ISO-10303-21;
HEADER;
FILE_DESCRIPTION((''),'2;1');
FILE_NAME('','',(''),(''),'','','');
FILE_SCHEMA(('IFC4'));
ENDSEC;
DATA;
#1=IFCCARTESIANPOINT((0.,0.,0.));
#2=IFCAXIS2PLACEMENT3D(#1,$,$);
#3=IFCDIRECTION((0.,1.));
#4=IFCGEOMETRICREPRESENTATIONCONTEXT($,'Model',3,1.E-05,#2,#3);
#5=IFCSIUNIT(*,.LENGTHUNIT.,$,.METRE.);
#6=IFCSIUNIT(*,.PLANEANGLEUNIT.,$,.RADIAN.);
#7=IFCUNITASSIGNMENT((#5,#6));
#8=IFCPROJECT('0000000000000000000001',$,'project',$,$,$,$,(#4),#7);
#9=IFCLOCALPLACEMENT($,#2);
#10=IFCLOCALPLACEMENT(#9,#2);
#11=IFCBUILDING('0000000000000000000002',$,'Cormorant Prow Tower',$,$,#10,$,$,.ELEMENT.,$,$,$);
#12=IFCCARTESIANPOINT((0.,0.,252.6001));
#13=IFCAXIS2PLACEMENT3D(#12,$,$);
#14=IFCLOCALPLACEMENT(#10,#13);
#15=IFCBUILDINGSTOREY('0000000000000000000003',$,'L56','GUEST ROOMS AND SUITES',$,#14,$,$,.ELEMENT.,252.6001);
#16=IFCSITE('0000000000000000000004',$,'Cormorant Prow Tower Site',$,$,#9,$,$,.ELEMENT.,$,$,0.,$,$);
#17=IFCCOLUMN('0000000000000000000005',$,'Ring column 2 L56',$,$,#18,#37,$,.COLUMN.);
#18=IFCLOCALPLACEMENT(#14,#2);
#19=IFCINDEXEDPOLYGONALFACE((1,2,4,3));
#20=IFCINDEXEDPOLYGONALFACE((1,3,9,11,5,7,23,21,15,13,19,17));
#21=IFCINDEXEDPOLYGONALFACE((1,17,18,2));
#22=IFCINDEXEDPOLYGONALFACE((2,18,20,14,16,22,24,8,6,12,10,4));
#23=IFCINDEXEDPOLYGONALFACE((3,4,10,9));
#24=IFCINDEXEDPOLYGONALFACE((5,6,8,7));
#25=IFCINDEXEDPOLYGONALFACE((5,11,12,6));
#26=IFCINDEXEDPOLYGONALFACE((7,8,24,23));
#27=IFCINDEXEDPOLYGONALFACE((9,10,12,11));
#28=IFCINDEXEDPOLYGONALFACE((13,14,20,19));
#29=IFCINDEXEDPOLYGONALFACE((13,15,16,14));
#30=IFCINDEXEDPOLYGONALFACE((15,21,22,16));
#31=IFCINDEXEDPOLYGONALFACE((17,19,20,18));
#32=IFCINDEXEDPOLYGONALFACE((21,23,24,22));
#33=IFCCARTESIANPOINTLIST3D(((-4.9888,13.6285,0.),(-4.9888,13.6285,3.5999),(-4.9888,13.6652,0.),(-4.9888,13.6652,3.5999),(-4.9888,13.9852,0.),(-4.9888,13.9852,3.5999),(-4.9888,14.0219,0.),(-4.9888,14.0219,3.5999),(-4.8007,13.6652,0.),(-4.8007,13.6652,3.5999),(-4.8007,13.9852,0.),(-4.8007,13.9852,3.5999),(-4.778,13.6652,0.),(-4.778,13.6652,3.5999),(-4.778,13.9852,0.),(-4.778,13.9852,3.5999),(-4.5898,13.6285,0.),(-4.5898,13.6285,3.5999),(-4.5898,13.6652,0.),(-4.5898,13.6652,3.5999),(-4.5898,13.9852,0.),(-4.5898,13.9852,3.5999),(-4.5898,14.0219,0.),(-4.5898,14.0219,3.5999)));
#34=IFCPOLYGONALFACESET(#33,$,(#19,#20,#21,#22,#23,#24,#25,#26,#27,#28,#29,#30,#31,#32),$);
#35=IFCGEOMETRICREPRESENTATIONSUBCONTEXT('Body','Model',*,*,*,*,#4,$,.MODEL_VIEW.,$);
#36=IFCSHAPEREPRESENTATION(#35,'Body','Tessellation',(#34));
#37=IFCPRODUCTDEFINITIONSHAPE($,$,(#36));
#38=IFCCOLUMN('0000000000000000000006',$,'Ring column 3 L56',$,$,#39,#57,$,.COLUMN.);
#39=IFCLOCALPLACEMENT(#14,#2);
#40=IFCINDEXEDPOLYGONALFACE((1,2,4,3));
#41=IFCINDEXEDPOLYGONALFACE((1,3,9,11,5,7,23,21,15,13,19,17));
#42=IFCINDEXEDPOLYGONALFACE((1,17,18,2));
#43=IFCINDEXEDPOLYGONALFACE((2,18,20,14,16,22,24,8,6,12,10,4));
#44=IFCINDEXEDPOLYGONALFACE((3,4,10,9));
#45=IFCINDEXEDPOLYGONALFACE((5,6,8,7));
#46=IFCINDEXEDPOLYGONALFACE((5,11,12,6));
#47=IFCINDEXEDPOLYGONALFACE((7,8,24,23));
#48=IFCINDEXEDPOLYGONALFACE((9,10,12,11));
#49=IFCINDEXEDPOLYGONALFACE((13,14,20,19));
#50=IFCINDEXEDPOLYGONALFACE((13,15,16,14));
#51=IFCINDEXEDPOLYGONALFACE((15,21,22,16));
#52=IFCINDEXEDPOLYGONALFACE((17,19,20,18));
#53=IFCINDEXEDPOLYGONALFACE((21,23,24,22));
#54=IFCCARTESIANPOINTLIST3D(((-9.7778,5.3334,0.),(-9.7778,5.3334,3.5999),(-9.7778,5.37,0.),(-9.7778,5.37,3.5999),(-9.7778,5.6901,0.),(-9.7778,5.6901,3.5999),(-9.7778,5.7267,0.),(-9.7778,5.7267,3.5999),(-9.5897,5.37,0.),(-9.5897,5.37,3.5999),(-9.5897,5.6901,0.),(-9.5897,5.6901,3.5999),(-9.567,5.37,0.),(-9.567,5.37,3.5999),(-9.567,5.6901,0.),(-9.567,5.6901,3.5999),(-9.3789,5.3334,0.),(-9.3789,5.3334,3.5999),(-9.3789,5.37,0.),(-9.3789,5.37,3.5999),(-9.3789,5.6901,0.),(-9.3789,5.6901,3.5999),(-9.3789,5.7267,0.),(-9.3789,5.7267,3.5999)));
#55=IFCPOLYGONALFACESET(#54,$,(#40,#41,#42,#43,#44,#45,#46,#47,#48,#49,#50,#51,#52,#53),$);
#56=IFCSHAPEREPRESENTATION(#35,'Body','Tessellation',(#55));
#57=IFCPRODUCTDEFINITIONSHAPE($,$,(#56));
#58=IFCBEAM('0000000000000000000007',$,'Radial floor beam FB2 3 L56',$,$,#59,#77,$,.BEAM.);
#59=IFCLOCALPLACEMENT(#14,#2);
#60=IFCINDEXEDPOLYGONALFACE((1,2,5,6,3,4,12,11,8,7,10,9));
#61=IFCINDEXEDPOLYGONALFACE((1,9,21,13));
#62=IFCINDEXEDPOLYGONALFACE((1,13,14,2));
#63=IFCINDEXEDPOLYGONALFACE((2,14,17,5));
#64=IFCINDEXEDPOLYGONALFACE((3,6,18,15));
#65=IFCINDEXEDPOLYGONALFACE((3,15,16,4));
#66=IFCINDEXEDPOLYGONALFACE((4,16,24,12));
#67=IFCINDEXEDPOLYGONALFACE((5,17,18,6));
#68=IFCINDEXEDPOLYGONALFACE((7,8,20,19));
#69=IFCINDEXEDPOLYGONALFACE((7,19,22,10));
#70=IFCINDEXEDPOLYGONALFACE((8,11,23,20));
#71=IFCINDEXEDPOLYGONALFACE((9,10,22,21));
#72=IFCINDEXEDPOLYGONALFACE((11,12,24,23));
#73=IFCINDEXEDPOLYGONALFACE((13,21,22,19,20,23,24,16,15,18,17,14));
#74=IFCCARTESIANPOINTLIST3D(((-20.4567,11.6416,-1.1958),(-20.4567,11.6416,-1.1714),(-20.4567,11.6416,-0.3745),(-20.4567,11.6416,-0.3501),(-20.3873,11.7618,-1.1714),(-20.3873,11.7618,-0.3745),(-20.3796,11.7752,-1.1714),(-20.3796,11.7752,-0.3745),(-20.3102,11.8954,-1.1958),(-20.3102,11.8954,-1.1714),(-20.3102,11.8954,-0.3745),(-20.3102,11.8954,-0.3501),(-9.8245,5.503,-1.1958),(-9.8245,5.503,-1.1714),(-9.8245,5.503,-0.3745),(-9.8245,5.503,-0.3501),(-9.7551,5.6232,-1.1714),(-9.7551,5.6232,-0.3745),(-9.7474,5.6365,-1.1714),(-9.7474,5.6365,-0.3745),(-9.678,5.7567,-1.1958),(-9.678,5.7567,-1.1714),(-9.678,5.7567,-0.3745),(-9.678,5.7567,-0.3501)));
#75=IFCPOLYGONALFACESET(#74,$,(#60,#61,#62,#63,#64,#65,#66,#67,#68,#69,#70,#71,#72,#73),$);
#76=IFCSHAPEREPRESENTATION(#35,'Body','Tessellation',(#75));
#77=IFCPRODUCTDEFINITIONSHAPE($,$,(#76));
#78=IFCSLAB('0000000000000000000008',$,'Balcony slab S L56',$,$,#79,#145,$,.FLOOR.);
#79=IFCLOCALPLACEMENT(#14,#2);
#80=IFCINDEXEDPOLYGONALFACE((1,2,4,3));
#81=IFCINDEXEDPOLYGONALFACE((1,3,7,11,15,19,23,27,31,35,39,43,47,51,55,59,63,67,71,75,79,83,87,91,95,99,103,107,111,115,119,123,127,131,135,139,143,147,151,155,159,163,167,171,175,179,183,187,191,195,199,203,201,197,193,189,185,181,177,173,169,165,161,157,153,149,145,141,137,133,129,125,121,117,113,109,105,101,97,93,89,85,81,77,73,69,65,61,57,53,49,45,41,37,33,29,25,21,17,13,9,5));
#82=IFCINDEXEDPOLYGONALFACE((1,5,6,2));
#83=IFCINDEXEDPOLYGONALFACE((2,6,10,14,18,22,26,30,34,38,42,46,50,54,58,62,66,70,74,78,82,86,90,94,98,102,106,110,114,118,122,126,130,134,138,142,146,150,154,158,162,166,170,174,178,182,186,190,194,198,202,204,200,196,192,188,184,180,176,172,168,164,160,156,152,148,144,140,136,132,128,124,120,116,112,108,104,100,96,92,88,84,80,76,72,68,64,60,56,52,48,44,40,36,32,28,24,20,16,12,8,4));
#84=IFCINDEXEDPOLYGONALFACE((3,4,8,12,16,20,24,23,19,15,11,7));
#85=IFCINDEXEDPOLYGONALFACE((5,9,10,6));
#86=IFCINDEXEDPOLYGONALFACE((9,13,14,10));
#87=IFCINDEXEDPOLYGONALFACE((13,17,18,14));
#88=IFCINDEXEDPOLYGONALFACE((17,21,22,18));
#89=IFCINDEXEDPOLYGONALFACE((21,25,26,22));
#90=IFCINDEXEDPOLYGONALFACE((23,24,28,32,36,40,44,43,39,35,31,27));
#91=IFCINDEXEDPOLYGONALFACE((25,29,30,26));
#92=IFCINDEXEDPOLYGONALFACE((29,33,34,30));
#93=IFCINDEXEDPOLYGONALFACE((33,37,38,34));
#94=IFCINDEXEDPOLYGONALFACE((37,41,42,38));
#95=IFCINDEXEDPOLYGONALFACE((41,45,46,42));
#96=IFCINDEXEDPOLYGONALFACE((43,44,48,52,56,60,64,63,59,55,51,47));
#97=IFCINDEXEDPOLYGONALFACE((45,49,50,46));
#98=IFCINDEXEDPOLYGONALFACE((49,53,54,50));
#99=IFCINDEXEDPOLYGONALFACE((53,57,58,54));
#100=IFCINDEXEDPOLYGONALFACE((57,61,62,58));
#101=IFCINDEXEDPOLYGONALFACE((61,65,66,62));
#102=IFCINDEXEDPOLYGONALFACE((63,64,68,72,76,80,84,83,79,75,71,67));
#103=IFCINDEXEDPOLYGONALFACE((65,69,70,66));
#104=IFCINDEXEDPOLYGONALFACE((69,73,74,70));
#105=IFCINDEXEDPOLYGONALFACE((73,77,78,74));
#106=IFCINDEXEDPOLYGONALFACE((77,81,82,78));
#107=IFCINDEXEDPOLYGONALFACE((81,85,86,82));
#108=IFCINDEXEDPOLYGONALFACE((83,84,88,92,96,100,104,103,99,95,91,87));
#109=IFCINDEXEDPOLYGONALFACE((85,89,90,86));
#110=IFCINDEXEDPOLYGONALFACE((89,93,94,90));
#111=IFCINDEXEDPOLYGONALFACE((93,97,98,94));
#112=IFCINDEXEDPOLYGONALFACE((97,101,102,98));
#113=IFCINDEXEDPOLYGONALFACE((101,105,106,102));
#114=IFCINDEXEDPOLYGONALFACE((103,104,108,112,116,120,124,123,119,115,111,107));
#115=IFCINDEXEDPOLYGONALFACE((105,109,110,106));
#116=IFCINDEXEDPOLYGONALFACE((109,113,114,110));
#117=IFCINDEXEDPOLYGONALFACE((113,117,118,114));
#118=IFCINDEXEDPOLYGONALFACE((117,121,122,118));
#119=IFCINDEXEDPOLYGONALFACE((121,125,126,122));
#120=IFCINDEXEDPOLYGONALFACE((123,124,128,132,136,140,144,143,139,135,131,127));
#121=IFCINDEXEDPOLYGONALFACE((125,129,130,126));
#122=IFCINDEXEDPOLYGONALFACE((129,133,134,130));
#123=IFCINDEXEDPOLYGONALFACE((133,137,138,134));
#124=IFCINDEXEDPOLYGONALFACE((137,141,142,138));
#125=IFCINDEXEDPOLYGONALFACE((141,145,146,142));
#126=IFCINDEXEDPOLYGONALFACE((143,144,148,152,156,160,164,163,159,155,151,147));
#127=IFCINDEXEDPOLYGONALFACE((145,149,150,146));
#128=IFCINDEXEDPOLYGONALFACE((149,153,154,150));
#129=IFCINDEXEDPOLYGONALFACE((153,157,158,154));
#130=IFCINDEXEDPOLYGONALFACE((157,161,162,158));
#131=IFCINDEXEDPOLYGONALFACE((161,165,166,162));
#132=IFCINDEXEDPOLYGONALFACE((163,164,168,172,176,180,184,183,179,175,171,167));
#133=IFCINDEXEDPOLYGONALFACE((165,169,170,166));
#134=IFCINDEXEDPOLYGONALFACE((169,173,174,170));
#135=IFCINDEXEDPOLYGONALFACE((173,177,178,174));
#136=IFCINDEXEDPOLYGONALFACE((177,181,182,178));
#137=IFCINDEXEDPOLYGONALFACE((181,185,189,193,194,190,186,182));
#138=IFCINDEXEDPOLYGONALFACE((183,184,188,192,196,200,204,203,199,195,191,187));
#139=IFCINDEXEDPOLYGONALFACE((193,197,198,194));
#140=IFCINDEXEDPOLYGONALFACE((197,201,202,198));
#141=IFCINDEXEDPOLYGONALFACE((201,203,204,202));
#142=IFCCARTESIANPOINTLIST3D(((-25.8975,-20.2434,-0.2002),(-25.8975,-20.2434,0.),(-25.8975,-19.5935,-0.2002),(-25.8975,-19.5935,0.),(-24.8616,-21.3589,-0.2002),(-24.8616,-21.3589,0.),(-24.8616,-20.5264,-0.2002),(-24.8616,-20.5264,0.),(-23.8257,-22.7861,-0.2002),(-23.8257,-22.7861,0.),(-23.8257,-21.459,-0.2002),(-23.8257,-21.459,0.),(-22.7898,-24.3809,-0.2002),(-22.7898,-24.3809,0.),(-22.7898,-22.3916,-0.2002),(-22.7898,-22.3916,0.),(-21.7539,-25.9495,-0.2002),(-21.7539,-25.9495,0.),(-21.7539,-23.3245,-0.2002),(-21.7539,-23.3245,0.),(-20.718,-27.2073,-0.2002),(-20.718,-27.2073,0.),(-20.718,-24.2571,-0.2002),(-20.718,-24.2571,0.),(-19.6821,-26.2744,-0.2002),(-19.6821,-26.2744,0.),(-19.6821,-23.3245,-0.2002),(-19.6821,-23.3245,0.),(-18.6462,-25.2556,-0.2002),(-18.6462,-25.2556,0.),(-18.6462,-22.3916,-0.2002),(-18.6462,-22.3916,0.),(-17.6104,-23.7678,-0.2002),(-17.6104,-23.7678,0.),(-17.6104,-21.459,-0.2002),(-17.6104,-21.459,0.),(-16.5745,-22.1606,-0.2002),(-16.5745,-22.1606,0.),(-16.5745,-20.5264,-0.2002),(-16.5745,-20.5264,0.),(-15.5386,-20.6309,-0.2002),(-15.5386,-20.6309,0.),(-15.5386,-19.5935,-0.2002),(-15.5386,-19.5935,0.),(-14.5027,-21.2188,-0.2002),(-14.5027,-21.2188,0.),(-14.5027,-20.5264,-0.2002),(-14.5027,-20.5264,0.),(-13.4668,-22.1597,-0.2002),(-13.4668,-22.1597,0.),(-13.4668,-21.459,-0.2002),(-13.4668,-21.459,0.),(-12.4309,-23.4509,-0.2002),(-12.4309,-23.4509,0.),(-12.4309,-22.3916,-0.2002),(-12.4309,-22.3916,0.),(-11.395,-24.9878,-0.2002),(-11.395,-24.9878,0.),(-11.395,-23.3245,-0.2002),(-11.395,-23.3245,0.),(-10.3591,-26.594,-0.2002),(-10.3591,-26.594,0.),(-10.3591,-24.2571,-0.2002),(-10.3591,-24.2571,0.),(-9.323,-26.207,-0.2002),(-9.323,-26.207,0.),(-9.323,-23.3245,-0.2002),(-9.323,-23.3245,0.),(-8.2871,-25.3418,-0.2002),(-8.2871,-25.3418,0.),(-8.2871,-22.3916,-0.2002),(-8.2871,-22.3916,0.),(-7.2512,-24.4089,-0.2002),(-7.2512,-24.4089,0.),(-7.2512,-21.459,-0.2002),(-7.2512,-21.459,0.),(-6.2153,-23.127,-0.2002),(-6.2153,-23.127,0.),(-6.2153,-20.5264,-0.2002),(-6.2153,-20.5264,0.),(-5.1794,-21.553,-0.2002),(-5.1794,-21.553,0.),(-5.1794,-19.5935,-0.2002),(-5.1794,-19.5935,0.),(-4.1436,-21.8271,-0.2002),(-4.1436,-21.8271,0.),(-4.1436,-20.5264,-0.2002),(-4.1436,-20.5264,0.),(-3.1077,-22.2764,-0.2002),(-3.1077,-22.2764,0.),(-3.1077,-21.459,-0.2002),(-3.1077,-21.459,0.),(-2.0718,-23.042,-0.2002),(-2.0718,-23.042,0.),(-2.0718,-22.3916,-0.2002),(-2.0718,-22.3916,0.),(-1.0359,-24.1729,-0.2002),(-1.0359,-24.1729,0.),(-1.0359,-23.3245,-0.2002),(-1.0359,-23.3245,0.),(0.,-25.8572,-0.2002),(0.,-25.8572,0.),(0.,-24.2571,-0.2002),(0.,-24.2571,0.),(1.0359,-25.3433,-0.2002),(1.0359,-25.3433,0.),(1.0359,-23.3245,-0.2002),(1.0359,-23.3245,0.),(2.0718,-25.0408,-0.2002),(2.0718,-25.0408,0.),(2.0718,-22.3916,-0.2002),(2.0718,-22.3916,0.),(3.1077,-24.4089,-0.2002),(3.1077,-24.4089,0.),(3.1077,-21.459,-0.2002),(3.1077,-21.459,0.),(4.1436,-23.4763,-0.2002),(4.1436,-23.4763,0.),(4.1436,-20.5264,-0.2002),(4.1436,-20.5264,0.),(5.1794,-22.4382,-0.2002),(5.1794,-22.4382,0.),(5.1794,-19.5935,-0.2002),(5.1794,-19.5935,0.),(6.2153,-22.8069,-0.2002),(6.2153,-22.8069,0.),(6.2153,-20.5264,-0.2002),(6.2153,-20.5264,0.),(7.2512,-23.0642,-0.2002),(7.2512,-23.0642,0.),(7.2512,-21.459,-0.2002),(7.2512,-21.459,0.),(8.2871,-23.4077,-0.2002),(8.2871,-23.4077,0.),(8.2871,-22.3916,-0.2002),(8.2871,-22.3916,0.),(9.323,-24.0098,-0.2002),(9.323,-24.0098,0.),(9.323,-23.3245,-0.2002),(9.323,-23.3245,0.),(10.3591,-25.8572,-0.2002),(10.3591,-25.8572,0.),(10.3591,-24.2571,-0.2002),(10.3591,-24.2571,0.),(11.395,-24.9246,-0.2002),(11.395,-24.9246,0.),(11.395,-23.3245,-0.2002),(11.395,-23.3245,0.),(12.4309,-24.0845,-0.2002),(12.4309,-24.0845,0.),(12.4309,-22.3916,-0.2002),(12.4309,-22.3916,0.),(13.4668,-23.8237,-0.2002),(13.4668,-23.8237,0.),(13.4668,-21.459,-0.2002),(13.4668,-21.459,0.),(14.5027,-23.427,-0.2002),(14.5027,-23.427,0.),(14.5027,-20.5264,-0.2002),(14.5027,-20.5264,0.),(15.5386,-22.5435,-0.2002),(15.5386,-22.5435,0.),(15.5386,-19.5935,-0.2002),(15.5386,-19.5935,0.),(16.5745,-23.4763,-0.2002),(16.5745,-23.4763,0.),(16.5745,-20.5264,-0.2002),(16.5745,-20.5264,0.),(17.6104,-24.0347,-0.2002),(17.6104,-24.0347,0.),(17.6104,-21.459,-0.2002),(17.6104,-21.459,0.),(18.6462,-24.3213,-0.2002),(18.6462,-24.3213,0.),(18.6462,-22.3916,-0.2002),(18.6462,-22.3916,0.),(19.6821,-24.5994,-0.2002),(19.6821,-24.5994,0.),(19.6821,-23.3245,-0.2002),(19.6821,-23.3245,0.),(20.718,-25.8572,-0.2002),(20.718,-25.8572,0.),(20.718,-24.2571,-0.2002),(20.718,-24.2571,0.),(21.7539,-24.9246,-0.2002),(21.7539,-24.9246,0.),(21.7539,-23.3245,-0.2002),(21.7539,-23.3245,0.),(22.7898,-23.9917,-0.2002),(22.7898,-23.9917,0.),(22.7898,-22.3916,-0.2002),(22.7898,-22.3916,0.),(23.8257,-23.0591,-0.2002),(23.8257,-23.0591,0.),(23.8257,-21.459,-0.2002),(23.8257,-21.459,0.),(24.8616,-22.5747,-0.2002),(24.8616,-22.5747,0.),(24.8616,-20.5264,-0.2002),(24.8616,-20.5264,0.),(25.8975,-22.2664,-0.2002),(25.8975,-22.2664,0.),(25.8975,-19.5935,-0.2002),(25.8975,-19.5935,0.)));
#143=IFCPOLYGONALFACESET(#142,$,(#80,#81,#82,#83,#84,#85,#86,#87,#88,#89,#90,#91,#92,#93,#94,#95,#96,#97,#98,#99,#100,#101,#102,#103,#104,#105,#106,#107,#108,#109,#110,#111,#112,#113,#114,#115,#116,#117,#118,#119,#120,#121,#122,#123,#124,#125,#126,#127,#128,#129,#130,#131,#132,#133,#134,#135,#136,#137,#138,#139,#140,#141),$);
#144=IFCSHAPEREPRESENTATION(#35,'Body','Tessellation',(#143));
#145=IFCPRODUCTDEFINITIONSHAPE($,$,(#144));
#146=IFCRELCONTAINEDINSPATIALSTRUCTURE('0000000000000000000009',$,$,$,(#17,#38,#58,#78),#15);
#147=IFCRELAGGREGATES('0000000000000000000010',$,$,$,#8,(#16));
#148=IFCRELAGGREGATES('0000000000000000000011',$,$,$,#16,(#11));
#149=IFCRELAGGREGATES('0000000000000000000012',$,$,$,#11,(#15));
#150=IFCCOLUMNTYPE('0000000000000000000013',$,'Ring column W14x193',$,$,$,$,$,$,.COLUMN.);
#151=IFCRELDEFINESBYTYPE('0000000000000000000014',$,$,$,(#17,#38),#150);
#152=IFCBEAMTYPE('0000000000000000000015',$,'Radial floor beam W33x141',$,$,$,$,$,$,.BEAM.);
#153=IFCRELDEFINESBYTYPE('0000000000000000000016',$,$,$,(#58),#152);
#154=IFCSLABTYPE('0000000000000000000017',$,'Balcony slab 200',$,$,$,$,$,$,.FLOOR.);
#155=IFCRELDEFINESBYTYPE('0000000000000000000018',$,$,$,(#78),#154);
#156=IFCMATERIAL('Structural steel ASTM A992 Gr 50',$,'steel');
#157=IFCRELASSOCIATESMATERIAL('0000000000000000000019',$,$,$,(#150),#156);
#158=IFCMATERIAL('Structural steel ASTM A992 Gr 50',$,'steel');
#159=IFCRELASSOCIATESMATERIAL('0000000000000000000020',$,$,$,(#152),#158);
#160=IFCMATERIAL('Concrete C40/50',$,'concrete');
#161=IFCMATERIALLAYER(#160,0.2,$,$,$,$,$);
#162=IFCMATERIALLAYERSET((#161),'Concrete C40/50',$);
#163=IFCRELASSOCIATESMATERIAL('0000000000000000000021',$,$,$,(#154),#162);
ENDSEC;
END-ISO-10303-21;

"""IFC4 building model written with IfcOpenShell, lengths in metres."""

from ifc_helpers import new_model, si_unit, direction, frame, origin, origin_2d, place, context, subcontext, project, spatial, polyline, i_section, outline, extrude, material, layer, layer_set, material_profile, profile_set, type_object, element, save


model = new_model("IFC4")

# Units and contexts
model_context = context("Model", 3, precision=1e-05, world=origin(), true_north=direction((0.0, 1.0)))
body_context = subcontext(model_context, "Body", "Model", "MODEL_VIEW")
ifc_project = project(units=[si_unit("LENGTHUNIT", "METRE"), si_unit("PLANEANGLEUNIT", "RADIAN")], contexts=[model_context])

# Site, building, storey
site_placement = place(None, origin())
site = spatial("IfcSite", under=ifc_project, at=site_placement, Name="Cormorant Prow Tower Site", CompositionType="ELEMENT", RefElevation=0.0)
building_placement = place(site_placement, origin())
building = spatial("IfcBuilding", under=site, at=building_placement, Name="Cormorant Prow Tower", CompositionType="ELEMENT")
storey_placement = place(building_placement, frame((0.0, 0.0, 252.6001)))
storey = spatial("IfcBuildingStorey", under=building, at=storey_placement, Name="L56", Description="GUEST ROOMS AND SUITES", CompositionType="ELEMENT", Elevation=252.6001)

# Columns
ifc_material_1 = material(Name="Structural steel ASTM A992 Gr 50", Category="steel")
ifc_material_profile_1 = material_profile(ifc_material_1, i_section(OverallWidth=0.3989, OverallDepth=0.3933, WebThickness=0.0227, FlangeThickness=0.0366, at=origin_2d()), Name="W14x193")
ifc_profile_set_1 = profile_set([ifc_material_profile_1], Name="Structural steel ASTM A992 Gr 50")
column_type = type_object("IfcColumnType", Name="Ring column W14x193", PredefinedType="COLUMN", material=ifc_profile_set_1)
for number, where, z_axis, x_axis, name in (
    (1, (-4.7893, 13.8252, 0.0), (0.0, 0.0, 1.0), (1.0, 0.0, 0.0), "Ring column 2 L56"),
    (2, (-9.5784, 5.53, 0.0), (0.0, 0.0, 1.0), (1.0, 0.0, 0.0), "Ring column 3 L56"),
):
    element("IfcColumn", number, at=place(storey_placement, frame(where, z_axis=z_axis, x_axis=x_axis)), inside=storey, type_object=column_type, Name=name, PredefinedType="COLUMN", context=body_context, shape_type="SweptSolid", body=[
        extrude(i_section(OverallWidth=0.3989, OverallDepth=0.3933, WebThickness=0.0227, FlangeThickness=0.0366, at=origin_2d()), origin(), (0.0, 0.0, 1.0), 3.5999),
    ])

# Beam
ifc_material_2 = material(Name="Structural steel ASTM A992 Gr 50", Category="steel")
ifc_material_profile_2 = material_profile(ifc_material_2, i_section(OverallWidth=0.293, OverallDepth=0.8457, WebThickness=0.0154, FlangeThickness=0.0244, at=origin_2d()), Name="W33x141")
ifc_profile_set_2 = profile_set([ifc_material_profile_2], Name="Structural steel ASTM A992 Gr 50")
beam_type = type_object("IfcBeamType", Name="Radial floor beam W33x141", PredefinedType="BEAM", material=ifc_profile_set_2)
beam_placement = place(storey_placement, frame((-9.7512, 5.6299, -0.7729), z_axis=(-0.866022, 0.500006, 0.0), x_axis=(-0.500006, -0.866022, 0.0)))
element("IfcBeam", 3, at=beam_placement, inside=storey, type_object=beam_type, Name="Radial floor beam FB2 3 L56", PredefinedType="BEAM", context=body_context, shape_type="SweptSolid", body=[
    extrude(i_section(OverallWidth=0.293, OverallDepth=0.8457, WebThickness=0.0154, FlangeThickness=0.0244, at=origin_2d()), origin(), (0.0, 0.0, 1.0), 12.2771),
])

# Slab
ifc_material_3 = material(Name="Concrete C40/50", Category="concrete")
ifc_layer_1 = layer(ifc_material_3, 0.2)
ifc_layer_set_1 = layer_set([ifc_layer_1], Name="Concrete C40/50")
slab_type_1 = type_object("IfcSlabType", Name="Balcony slab 200", PredefinedType="FLOOR", material=ifc_layer_set_1)
slab_1_placement = place(storey_placement, frame((0.0, 0.0, -0.2002)))
element("IfcSlab", 4, at=slab_1_placement, inside=storey, type_object=slab_type_1, Name="Balcony slab S L56", PredefinedType="FLOOR", context=body_context, shape_type="SweptSolid", body=[
    extrude(outline(polyline([(-25.8975, -19.5935), (-25.8975, -20.2434), (-24.8616, -21.3589), (-23.8257, -22.7861), (-22.7898, -24.3809), (-21.7539, -25.9495), (-20.718, -27.2073), (-19.6821, -26.2744), (-18.6462, -25.2556), (-17.6104, -23.7678), (-16.5745, -22.1606), (-15.5386, -20.6309), (-14.5027, -21.2188), (-13.4668, -22.1597), (-12.4309, -23.4509), (-11.395, -24.9878), (-10.3591, -26.594), (-9.323, -26.207), (-8.2871, -25.3418), (-7.2512, -24.4089), (-6.2153, -23.127), (-5.1794, -21.553), (-4.1436, -21.8271), (-3.1077, -22.2764), (-2.0718, -23.042), (-1.0359, -24.1729), (0.0, -25.8572), (1.0359, -25.3433), (2.0718, -25.0408), (3.1077, -24.4089), (4.1436, -23.4763), (5.1794, -22.4382), (6.2153, -22.8069), (7.2512, -23.0642), (8.2871, -23.4077), (9.323, -24.0098), (10.3591, -25.8572), (11.395, -24.9246), (12.4309, -24.0845), (13.4668, -23.8237), (14.5027, -23.427), (15.5386, -22.5435), (16.5745, -23.4763), (17.6104, -24.0347), (18.6462, -24.3213), (19.6821, -24.5994), (20.718, -25.8572), (21.7539, -24.9246), (22.7898, -23.9917), (23.8257, -23.0591), (24.8616, -22.5747), (25.8975, -22.2664), (25.8975, -19.5935), (24.8616, -20.5264), (23.8257, -21.459), (22.7898, -22.3916), (21.7539, -23.3245), (20.718, -24.2571), (19.6821, -23.3245), (18.6462, -22.3916), (17.6104, -21.459), (16.5745, -20.5264), (15.5386, -19.5935), (14.5027, -20.5264), (13.4668, -21.459), (12.4309, -22.3916), (11.395, -23.3245), (10.3591, -24.2571), (9.323, -23.3245), (8.2871, -22.3916), (7.2512, -21.459), (6.2153, -20.5264), (5.1794, -19.5935), (4.1436, -20.5264), (3.1077, -21.459), (2.0718, -22.3916), (1.0359, -23.3245), (0.0, -24.2571), (-1.0359, -23.3245), (-2.0718, -22.3916), (-3.1077, -21.459), (-4.1436, -20.5264), (-5.1794, -19.5935), (-6.2153, -20.5264), (-7.2512, -21.459), (-8.2871, -22.3916), (-9.323, -23.3245), (-10.3591, -24.2571), (-11.395, -23.3245), (-12.4309, -22.3916), (-13.4668, -21.459), (-14.5027, -20.5264), (-15.5386, -19.5935), (-16.5745, -20.5264), (-17.6104, -21.459), (-18.6462, -22.3916), (-19.6821, -23.3245), (-20.718, -24.2571), (-21.7539, -23.3245), (-22.7898, -22.3916), (-23.8257, -21.459), (-24.8616, -20.5264), (-25.8975, -19.5935)])), origin(), (0.0, 0.0, 1.0), 0.2002),
])

save(model, "model.ifc")
